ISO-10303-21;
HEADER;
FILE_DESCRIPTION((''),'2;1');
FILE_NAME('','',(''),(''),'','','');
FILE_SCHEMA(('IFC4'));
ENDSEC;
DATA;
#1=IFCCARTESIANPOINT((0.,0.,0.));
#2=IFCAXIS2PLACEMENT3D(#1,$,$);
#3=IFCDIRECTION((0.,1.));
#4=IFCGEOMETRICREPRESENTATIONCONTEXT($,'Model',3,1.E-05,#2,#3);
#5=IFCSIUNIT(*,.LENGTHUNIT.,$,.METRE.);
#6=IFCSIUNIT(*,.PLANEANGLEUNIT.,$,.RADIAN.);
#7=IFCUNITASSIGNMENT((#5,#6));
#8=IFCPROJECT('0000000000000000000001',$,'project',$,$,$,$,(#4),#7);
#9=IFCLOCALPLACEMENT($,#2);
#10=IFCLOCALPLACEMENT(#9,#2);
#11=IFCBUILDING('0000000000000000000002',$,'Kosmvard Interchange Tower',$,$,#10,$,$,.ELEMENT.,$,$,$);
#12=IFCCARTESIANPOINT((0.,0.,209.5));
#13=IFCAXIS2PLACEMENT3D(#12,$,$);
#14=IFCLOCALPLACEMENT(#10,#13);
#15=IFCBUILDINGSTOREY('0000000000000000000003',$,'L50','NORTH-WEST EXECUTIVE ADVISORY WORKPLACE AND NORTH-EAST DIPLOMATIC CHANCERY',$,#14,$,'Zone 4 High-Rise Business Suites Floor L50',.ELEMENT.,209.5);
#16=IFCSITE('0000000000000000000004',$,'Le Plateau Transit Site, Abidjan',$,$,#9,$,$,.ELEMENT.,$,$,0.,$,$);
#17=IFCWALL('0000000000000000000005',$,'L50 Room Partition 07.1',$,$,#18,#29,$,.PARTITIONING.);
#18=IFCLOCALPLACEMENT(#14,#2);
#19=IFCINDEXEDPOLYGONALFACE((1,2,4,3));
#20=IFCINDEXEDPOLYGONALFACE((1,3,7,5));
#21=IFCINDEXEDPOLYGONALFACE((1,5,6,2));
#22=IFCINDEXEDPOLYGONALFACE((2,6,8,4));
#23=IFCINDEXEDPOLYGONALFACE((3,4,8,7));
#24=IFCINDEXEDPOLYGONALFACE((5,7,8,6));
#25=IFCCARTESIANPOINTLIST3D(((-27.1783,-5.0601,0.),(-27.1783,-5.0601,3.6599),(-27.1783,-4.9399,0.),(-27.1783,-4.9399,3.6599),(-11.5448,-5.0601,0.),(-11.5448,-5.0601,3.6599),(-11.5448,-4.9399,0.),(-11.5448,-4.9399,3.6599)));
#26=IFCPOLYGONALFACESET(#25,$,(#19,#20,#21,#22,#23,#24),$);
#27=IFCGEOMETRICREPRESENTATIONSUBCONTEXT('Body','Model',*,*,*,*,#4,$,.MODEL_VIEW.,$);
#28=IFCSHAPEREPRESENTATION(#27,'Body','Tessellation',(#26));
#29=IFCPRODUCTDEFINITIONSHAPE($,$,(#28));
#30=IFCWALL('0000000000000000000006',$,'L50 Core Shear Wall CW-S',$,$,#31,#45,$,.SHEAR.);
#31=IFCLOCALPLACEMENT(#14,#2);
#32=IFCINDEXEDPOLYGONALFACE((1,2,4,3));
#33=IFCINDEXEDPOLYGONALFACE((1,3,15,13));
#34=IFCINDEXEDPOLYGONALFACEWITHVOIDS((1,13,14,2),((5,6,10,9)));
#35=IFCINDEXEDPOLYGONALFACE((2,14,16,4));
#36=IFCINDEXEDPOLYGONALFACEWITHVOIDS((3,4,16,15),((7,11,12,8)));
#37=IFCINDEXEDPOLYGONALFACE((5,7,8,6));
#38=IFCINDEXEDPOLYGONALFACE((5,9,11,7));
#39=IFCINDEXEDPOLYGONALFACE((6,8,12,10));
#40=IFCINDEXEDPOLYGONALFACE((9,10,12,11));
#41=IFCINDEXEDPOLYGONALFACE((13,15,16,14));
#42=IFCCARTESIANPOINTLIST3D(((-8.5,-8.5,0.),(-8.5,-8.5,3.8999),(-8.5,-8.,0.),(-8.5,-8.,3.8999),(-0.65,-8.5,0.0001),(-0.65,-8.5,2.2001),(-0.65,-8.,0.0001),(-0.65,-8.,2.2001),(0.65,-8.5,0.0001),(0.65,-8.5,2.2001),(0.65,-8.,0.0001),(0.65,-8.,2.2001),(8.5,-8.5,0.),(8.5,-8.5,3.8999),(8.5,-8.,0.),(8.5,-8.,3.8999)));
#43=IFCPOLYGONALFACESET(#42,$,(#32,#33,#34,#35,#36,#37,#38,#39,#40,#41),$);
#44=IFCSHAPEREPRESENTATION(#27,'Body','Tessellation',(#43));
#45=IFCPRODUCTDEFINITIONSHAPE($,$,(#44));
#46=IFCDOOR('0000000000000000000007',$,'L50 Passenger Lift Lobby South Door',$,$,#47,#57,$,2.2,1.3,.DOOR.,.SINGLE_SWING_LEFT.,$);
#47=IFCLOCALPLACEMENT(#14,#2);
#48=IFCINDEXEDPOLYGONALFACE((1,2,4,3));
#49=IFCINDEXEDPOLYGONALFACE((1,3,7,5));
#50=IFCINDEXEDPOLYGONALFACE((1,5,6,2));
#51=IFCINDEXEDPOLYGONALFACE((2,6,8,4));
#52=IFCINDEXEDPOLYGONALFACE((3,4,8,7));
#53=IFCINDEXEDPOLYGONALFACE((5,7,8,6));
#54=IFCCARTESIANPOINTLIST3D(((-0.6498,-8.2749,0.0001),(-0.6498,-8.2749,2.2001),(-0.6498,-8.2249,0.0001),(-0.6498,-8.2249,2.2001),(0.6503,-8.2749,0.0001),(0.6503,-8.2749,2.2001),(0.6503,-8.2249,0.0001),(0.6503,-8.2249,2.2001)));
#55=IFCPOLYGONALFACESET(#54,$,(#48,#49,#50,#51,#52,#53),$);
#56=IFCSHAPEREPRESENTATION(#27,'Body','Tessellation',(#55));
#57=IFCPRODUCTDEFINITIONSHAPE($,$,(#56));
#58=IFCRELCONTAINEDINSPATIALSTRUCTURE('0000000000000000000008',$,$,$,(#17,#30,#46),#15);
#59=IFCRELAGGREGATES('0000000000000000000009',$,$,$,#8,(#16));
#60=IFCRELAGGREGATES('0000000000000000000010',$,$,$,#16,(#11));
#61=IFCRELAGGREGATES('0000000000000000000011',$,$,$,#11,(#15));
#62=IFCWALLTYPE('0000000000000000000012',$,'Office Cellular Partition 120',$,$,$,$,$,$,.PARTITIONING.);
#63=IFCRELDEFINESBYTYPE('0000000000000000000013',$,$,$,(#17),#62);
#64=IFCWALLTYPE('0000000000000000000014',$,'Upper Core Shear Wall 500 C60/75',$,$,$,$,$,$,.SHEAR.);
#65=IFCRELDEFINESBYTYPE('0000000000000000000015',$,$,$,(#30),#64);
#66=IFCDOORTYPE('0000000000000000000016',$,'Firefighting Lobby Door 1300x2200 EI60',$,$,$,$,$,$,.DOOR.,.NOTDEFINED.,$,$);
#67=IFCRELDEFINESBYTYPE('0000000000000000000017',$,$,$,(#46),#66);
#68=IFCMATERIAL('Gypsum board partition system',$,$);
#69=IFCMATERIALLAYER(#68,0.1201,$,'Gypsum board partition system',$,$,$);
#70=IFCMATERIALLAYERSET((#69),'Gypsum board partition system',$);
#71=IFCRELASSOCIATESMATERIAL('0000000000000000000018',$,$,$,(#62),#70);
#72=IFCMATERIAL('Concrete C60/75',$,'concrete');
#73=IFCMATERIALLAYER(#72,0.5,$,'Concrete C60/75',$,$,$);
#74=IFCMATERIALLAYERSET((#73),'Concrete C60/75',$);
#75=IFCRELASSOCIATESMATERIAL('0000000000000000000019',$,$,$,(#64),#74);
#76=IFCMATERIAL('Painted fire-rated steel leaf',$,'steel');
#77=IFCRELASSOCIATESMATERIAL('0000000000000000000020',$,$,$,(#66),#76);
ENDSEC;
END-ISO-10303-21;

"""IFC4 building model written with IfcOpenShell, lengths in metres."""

from ifc_helpers import new_model, si_unit, direction, frame, frame_2d, origin, place, context, subcontext, project, spatial, rectangle, extrude, source, transform, mapped, material, layer, layer_set, type_object, element, fill, save


model = new_model("IFC4")

# Units and contexts
model_context = context("Model", 3, precision=1e-05, world=origin(), true_north=direction((0.0, 1.0)))
body_context = subcontext(model_context, "Body", "Model", "MODEL_VIEW")
ifc_project = project(units=[si_unit("LENGTHUNIT", "METRE"), si_unit("PLANEANGLEUNIT", "RADIAN")], contexts=[model_context])

# Site, building, storey
site_placement = place(None, origin())
site = spatial("IfcSite", under=ifc_project, at=site_placement, Name="Le Plateau Transit Site, Abidjan", CompositionType="ELEMENT", RefElevation=0.0)
building_placement = place(site_placement, origin())
building = spatial("IfcBuilding", under=site, at=building_placement, Name="Kosmvard Interchange Tower", CompositionType="ELEMENT")
storey_placement = place(building_placement, frame((0.0, 0.0, 209.5)))
storey = spatial("IfcBuildingStorey", under=building, at=storey_placement, Name="L50", Description="NORTH-WEST EXECUTIVE ADVISORY WORKPLACE AND NORTH-EAST DIPLOMATIC CHANCERY", LongName="Zone 4 High-Rise Business Suites Floor L50", CompositionType="ELEMENT", Elevation=209.5)

# Wall
ifc_material_1 = material(Name="Gypsum board partition system")
ifc_layer_1 = layer(ifc_material_1, 0.1201, Name="Gypsum board partition system")
ifc_layer_set_1 = layer_set([ifc_layer_1], Name="Gypsum board partition system")
wall_type_1 = type_object("IfcWallType", Name="Office Cellular Partition 120", PredefinedType="PARTITIONING", material=ifc_layer_set_1)
wall_1_placement = place(storey_placement, frame((-27.1785, -5.0, 0.0), z_axis=(0.0, 0.0, 1.0), x_axis=(1.0, 0.0, 0.0)))
element("IfcWall", 1, at=wall_1_placement, inside=storey, type_object=wall_type_1, Name="L50 Room Partition 07.1", PredefinedType="PARTITIONING", context=body_context, shape_type="SweptSolid", body=[
    extrude(rectangle(XDim=15.6335, YDim=0.1201, at=frame_2d((7.8169, 0.0))), origin(), (0.0, 0.0, 1.0), 3.6599),
])

# Wall, opening, door
ifc_material_2 = material(Name="Concrete C60/75", Category="concrete")
ifc_layer_2 = layer(ifc_material_2, 0.5, Name="Concrete C60/75")
ifc_layer_set_2 = layer_set([ifc_layer_2], Name="Concrete C60/75")
wall_type_2 = type_object("IfcWallType", Name="Upper Core Shear Wall 500 C60/75", PredefinedType="SHEAR", material=ifc_layer_set_2)
wall_2_placement = place(storey_placement, frame((-8.5, -8.25, 0.0), z_axis=(0.0, 0.0, 1.0), x_axis=(1.0, 0.0, 0.0)))
wall_2 = element("IfcWall", 2, at=wall_2_placement, inside=storey, type_object=wall_type_2, Name="L50 Core Shear Wall CW-S", PredefinedType="SHEAR", context=body_context, shape_type="SweptSolid", body=[
    extrude(rectangle(XDim=17.0, YDim=0.5, at=frame_2d((8.5, 0.0))), origin(), (0.0, 0.0, 1.0), 3.8999),
])
opening_1_placement = place(wall_2_placement, frame((7.8501, 0.0, 0.0)))
opening_1 = element("IfcOpeningElement", 3, at=opening_1_placement, cuts=wall_2, PredefinedType="OPENING", context=body_context, shape_type="SweptSolid", body=[
    extrude(rectangle(XDim=1.3, YDim=2.2, at=frame_2d((0.6499, 1.1001))), frame((0.0, 0.26, 0.0), z_axis=(0.0, -1.0, 0.0), x_axis=(1.0, 0.0, 0.0)), (0.0, 0.0, 1.0), 0.52),
])
ifc_material_3 = material(Name="Painted fire-rated steel leaf", Category="steel")
door_type_1 = type_object("IfcDoorType", Name="Firefighting Lobby Door 1300x2200 EI60", OperationType="NOTDEFINED", PredefinedType="DOOR", material=ifc_material_3)
shared_shape_1 = source(origin(), body_context, "Body", "SweptSolid", [
    extrude(rectangle(XDim=1.3, YDim=2.2, at=frame_2d((0.6499, 1.1001))), frame((0.0, 0.0249, 0.0), z_axis=(0.0, -1.0, 0.0), x_axis=(1.0, 0.0, 0.0)), (0.0, 0.0, 1.0), 0.05),
])
door_1_placement = place(opening_1_placement, frame((1.3, 0.0, 0.0), z_axis=(0.0, 0.0, 1.0), x_axis=(-1.0, 0.0, 0.0)))
door_1 = element("IfcDoor", 4, at=door_1_placement, inside=storey, type_object=door_type_1, Name="L50 Passenger Lift Lobby South Door", OperationType="SINGLE_SWING_LEFT", OverallHeight=2.2, OverallWidth=1.3, PredefinedType="DOOR", context=body_context, shape_type="MappedRepresentation", body=[
    mapped(shared_shape_1, transform((0.0, 0.0, 0.0), scale=1.0)),
])
fill(opening_1, door_1)

save(model, "model.ifc")
